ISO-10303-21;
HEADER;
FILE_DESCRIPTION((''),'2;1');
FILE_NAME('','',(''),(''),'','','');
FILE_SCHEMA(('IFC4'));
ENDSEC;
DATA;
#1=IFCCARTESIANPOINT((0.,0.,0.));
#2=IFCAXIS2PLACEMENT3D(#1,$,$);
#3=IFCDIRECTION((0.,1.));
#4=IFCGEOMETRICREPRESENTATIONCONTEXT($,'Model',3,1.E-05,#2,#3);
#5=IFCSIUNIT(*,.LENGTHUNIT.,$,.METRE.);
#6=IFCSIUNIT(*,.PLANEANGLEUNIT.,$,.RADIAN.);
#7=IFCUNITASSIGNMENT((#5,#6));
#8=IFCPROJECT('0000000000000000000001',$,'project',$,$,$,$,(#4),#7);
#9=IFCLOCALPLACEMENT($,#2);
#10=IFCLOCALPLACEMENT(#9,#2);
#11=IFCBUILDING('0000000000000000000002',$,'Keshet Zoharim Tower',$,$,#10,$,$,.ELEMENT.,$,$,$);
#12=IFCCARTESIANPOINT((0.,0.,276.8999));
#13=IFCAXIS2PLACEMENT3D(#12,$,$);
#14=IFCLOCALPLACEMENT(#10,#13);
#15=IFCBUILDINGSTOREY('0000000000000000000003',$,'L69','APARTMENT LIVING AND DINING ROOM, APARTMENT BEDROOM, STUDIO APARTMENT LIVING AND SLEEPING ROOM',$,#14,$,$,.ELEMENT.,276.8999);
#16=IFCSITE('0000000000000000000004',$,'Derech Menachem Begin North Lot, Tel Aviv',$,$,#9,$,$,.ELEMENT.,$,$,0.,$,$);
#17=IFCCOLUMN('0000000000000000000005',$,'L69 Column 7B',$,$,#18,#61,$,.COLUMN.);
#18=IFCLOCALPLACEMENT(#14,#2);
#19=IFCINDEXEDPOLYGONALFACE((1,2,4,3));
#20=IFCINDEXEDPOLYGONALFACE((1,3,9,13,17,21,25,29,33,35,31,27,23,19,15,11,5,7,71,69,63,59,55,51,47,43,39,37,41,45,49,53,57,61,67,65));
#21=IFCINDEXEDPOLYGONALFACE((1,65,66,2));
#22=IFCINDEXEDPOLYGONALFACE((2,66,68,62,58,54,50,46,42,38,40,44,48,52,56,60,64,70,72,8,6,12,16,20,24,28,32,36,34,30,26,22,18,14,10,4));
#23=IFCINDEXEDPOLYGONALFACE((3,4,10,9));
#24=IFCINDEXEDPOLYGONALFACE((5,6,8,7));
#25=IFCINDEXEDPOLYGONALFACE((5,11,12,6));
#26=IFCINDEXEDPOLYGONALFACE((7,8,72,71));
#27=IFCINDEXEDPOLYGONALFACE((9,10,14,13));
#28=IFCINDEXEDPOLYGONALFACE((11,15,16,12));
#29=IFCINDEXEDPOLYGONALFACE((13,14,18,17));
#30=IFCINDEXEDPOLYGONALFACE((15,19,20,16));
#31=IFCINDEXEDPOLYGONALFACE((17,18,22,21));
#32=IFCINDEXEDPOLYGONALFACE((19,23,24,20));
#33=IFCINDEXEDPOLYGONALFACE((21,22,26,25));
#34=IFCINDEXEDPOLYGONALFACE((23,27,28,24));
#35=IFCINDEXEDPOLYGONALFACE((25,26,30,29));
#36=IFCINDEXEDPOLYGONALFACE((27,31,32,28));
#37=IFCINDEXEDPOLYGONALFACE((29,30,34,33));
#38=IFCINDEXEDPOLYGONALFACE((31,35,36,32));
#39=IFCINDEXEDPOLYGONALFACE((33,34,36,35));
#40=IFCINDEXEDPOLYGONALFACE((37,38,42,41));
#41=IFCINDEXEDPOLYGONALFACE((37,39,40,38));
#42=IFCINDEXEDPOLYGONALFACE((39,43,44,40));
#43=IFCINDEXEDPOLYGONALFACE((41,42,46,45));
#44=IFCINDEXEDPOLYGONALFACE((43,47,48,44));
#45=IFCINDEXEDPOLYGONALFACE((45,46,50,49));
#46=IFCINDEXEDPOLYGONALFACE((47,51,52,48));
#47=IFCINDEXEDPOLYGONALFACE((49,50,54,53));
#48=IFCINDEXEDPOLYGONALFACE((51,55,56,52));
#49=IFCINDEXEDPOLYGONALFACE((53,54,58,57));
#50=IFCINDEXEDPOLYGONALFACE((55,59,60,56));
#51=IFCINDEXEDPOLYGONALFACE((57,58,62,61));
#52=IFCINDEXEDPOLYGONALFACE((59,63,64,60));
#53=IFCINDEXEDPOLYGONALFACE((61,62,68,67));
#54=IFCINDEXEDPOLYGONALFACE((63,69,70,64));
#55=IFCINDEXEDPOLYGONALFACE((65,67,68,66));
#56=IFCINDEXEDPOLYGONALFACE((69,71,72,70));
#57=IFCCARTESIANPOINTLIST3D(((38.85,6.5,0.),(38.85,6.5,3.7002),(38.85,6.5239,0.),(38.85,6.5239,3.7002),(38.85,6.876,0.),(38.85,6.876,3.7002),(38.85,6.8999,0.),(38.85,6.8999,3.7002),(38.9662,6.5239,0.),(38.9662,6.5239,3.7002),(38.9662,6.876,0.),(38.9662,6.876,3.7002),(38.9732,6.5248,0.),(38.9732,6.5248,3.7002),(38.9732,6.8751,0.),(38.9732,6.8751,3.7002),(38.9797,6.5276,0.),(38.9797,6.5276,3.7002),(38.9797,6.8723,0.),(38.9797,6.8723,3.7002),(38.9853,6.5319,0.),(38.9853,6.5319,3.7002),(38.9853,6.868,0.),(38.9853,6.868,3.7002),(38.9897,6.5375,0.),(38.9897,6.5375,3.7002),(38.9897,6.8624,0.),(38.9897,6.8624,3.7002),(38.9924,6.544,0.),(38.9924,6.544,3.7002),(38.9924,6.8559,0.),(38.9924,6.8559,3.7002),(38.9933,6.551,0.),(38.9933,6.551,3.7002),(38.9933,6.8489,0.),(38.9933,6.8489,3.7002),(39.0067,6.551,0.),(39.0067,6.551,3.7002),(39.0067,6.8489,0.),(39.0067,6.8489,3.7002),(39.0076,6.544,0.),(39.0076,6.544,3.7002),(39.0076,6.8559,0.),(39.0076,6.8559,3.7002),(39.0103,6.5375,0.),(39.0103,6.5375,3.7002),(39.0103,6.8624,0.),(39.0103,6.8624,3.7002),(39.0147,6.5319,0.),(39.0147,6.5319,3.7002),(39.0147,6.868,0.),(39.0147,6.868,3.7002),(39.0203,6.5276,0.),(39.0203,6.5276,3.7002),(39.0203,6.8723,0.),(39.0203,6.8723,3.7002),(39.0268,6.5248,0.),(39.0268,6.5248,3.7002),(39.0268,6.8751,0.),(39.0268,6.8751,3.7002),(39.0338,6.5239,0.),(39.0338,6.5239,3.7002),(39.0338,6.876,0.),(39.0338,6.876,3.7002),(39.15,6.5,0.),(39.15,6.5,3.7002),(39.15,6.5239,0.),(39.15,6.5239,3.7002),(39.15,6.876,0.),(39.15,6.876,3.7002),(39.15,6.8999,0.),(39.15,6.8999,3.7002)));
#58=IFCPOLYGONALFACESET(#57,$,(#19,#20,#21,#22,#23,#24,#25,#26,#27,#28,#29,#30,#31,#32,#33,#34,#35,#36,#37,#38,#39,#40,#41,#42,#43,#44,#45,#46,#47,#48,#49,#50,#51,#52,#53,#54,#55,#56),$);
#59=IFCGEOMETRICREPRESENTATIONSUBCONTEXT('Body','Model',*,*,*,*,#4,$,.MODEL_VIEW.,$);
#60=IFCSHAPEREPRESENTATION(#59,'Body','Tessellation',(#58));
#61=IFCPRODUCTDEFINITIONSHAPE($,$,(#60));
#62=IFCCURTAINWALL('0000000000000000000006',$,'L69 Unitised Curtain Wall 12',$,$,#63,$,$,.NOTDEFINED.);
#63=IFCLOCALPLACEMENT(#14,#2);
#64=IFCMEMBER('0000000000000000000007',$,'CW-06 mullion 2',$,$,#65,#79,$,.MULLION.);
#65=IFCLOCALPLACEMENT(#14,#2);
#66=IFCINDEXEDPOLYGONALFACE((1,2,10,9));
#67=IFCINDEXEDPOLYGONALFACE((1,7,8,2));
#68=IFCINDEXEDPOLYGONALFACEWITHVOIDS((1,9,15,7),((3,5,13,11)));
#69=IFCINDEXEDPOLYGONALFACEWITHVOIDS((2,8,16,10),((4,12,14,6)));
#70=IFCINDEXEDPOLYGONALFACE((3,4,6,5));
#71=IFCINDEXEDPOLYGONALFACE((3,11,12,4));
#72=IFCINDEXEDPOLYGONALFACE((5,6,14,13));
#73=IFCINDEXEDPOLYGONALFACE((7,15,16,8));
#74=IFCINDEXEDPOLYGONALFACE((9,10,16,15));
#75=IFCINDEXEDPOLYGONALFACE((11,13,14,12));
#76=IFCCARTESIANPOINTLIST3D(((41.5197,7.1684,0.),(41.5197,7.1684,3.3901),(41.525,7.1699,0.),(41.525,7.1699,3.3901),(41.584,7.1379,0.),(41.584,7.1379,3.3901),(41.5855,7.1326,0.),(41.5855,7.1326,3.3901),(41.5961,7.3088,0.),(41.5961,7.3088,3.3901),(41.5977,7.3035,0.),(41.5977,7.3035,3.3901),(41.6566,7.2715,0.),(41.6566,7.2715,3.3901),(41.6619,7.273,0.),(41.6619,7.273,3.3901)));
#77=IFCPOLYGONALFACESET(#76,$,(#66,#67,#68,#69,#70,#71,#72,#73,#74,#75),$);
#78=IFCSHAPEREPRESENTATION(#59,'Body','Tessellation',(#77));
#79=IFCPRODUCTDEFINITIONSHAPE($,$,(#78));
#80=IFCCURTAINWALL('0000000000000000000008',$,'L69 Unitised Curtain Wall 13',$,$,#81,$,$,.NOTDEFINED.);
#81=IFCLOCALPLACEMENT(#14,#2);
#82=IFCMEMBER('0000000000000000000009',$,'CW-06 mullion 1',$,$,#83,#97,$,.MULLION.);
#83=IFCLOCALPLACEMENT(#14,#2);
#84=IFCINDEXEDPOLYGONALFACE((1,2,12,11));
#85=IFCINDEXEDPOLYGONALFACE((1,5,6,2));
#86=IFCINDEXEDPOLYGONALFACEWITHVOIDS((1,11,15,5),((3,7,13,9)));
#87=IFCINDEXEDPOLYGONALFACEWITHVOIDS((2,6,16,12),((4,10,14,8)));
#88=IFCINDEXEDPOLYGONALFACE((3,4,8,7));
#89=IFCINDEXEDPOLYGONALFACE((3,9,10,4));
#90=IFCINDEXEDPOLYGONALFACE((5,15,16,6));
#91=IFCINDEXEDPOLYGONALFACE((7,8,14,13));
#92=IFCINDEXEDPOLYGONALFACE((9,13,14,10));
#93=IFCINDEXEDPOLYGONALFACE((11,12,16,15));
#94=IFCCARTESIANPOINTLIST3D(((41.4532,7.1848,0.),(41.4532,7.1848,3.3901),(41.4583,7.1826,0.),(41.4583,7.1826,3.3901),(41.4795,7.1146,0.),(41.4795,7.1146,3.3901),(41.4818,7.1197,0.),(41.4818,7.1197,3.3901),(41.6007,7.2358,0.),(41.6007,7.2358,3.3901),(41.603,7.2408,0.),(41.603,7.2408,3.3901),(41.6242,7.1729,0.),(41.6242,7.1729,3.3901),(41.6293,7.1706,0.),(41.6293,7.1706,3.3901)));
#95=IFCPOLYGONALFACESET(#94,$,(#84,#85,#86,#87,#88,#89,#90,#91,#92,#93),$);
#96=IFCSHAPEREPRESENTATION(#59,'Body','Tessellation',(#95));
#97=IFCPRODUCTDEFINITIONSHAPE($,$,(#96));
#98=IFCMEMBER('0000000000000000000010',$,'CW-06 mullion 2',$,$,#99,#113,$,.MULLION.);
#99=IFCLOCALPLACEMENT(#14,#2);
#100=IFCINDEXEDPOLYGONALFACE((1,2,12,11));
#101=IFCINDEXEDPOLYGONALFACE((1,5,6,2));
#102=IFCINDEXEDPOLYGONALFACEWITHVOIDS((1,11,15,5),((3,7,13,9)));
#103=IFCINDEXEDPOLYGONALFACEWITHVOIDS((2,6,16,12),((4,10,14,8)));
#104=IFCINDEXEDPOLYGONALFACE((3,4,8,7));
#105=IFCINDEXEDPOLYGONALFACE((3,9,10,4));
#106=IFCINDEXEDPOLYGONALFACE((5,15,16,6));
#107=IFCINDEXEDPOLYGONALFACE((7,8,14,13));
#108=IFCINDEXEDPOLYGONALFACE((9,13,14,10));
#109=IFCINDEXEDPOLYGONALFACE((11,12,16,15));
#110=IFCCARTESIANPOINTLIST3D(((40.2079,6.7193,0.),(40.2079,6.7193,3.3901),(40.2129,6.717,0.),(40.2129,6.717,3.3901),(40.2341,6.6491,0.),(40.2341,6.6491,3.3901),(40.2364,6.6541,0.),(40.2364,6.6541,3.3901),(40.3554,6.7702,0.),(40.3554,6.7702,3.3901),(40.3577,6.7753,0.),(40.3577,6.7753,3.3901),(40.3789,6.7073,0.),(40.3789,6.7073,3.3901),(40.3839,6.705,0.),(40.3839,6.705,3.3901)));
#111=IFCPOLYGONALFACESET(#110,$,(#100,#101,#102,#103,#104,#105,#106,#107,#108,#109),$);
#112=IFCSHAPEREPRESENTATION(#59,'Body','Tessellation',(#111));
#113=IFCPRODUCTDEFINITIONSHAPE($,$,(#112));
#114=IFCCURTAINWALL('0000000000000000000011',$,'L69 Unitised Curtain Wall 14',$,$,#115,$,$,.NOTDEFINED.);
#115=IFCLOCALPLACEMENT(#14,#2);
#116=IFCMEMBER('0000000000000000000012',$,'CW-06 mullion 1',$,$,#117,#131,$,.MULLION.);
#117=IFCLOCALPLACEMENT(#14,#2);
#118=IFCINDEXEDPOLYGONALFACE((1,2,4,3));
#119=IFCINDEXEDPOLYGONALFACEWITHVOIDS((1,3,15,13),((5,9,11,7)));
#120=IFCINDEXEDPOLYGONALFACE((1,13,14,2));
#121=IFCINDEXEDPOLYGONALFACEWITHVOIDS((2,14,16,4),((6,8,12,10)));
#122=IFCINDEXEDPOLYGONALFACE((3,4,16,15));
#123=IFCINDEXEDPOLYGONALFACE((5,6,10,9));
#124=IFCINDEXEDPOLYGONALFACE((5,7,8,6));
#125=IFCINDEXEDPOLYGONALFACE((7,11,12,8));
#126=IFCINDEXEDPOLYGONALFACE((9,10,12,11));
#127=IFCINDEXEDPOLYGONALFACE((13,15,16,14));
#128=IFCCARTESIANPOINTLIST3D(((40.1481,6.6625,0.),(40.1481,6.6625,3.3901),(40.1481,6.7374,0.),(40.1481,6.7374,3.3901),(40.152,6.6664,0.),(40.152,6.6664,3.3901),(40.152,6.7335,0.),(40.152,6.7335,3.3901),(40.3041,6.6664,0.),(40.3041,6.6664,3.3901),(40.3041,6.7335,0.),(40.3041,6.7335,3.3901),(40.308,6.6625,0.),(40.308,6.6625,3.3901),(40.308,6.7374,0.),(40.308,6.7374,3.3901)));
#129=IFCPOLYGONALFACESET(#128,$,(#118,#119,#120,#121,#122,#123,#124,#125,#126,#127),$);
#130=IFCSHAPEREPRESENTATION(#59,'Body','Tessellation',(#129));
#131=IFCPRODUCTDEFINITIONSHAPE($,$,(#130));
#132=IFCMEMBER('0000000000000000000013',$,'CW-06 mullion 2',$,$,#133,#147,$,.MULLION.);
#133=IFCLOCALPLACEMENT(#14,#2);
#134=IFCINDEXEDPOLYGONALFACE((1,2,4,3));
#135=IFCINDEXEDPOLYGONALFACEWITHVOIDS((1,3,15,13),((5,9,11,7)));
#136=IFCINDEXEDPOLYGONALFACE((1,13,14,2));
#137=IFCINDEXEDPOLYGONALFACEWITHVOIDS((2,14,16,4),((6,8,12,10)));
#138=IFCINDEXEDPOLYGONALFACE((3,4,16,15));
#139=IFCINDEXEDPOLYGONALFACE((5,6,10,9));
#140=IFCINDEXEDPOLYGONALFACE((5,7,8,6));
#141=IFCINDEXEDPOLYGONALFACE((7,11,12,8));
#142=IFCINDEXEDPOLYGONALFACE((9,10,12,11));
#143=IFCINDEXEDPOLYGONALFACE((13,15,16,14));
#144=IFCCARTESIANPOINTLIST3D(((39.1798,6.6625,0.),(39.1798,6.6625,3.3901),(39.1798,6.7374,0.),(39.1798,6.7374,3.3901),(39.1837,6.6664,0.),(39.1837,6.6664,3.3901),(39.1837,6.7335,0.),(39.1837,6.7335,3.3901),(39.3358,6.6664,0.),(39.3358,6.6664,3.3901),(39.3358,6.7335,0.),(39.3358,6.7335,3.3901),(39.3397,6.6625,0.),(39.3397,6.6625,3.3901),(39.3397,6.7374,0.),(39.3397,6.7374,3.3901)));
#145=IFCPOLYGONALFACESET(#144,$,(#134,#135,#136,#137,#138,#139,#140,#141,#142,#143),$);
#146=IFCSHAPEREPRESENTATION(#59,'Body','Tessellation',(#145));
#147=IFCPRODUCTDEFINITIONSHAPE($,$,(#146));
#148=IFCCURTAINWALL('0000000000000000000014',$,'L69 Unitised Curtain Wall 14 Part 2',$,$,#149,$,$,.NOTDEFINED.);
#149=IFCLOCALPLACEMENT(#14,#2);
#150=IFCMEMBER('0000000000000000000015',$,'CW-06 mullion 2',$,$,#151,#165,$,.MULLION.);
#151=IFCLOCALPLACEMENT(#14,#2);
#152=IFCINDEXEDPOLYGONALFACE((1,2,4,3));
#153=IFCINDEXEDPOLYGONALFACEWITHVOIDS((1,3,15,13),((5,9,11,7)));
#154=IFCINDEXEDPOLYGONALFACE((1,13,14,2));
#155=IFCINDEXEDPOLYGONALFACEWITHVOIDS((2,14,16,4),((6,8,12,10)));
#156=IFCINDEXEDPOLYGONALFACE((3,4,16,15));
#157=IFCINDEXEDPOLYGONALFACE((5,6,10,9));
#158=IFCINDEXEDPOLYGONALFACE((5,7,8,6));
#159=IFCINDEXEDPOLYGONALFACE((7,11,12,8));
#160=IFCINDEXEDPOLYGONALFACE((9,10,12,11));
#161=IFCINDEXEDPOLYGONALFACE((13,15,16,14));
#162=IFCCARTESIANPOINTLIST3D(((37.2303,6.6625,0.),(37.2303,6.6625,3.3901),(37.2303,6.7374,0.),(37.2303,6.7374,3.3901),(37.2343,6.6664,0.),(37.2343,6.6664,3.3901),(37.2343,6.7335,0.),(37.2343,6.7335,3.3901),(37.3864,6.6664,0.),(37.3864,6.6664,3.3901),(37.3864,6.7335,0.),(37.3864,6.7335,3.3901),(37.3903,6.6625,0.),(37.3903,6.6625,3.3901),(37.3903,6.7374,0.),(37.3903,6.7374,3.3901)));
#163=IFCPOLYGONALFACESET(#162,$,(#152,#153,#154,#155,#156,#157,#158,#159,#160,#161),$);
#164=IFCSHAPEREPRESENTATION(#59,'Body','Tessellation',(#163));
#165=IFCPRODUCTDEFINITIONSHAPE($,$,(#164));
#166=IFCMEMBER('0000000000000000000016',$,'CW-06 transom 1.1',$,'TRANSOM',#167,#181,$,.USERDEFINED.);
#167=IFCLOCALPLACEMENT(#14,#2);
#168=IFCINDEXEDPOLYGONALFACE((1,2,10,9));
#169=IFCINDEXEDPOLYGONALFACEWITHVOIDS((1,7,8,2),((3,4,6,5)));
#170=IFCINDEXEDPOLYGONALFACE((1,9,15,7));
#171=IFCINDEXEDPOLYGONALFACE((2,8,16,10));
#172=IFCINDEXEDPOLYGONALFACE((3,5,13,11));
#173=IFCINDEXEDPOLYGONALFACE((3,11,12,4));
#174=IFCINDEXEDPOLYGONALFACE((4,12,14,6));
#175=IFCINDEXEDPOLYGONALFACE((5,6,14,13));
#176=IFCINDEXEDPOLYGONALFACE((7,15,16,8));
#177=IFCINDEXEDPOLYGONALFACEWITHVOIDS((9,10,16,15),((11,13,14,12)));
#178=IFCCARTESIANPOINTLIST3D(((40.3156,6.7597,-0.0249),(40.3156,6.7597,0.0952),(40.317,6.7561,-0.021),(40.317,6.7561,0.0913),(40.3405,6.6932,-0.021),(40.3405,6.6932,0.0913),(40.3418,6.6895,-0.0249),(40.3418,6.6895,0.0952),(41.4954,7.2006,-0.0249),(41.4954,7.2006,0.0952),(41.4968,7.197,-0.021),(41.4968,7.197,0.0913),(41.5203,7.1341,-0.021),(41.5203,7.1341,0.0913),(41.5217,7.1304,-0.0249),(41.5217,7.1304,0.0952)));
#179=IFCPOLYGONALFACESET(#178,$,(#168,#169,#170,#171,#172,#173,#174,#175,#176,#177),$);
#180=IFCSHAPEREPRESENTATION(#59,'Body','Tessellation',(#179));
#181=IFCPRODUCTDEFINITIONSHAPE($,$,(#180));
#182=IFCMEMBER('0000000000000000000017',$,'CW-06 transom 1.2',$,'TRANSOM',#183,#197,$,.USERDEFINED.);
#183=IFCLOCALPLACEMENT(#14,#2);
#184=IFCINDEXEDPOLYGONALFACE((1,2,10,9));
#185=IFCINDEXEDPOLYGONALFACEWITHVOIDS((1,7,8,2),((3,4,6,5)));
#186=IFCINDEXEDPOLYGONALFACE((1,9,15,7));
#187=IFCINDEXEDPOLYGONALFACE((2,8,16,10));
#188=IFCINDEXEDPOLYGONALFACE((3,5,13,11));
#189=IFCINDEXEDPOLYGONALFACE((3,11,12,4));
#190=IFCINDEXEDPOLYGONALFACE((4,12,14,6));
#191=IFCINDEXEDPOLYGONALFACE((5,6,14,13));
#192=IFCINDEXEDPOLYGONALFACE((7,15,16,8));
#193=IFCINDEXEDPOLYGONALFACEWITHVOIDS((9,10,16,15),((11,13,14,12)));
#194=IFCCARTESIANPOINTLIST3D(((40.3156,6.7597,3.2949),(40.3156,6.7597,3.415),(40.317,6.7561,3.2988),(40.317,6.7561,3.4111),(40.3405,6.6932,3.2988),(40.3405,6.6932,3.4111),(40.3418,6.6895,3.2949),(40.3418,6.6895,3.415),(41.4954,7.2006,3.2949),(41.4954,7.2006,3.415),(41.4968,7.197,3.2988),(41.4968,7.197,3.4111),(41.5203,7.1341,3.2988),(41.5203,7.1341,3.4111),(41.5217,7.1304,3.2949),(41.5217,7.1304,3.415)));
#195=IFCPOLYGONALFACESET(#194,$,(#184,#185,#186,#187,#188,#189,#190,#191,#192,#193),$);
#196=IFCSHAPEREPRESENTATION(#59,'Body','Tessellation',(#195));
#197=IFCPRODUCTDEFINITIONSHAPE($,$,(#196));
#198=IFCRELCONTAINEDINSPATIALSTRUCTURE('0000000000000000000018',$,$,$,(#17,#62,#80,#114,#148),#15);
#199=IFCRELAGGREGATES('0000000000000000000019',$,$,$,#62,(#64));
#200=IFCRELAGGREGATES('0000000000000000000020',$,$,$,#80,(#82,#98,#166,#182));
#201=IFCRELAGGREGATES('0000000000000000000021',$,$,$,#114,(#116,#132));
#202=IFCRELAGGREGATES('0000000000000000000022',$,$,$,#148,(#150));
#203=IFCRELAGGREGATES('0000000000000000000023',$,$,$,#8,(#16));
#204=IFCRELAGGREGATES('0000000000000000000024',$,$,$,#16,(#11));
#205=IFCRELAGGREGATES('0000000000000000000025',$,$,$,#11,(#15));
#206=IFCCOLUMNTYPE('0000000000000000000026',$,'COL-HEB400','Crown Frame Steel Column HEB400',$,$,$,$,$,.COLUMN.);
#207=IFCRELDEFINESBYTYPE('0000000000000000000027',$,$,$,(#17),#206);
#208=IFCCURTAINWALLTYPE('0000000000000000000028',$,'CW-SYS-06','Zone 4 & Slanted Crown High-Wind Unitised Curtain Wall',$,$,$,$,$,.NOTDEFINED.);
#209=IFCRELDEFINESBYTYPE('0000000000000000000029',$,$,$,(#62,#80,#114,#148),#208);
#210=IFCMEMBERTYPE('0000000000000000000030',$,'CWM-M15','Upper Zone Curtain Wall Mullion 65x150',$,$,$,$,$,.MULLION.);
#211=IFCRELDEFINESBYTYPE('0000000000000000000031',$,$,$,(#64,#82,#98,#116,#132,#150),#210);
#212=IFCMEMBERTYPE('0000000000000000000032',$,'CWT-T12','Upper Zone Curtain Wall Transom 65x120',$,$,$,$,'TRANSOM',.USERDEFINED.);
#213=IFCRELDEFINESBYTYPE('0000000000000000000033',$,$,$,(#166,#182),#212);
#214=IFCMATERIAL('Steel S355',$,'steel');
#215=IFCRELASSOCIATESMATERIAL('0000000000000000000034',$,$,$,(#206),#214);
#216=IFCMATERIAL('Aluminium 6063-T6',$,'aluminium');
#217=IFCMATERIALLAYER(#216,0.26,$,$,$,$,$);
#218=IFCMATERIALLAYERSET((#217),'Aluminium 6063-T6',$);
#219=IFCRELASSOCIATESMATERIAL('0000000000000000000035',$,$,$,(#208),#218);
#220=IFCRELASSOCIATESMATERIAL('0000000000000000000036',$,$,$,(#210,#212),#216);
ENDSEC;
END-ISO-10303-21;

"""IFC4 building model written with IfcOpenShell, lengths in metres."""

from ifc_helpers import new_model, si_unit, direction, frame, origin, origin_2d, place, context, subcontext, project, spatial, hollow_rectangle, i_section, extrude, material, layer, layer_set, material_profile, profile_set, type_object, element, aggregate, save


model = new_model("IFC4")

# Units and contexts
model_context = context("Model", 3, precision=1e-05, world=origin(), true_north=direction((0.0, 1.0)))
body_context = subcontext(model_context, "Body", "Model", "MODEL_VIEW")
ifc_project = project(units=[si_unit("LENGTHUNIT", "METRE"), si_unit("PLANEANGLEUNIT", "RADIAN")], contexts=[model_context])

# Site, building, storey
site_placement = place(None, origin())
site = spatial("IfcSite", under=ifc_project, at=site_placement, Name="Derech Menachem Begin North Lot, Tel Aviv", CompositionType="ELEMENT", RefElevation=0.0)
building_placement = place(site_placement, origin())
building = spatial("IfcBuilding", under=site, at=building_placement, Name="Keshet Zoharim Tower", CompositionType="ELEMENT")
storey_placement = place(building_placement, frame((0.0, 0.0, 276.8999)))
storey = spatial("IfcBuildingStorey", under=building, at=storey_placement, Name="L69", Description="APARTMENT LIVING AND DINING ROOM, APARTMENT BEDROOM, STUDIO APARTMENT LIVING AND SLEEPING ROOM", CompositionType="ELEMENT", Elevation=276.8999)

# Column
ifc_material_1 = material(Name="Steel S355", Category="steel")
ifc_material_profile_1 = material_profile(ifc_material_1, i_section(OverallWidth=0.3, OverallDepth=0.3999, WebThickness=0.0134, FlangeThickness=0.0239, FilletRadius=0.0271, at=origin_2d()), Name="HEB400")
ifc_profile_set_1 = profile_set([ifc_material_profile_1], Name="Steel S355")
column_type = type_object("IfcColumnType", Name="COL-HEB400", Description="Crown Frame Steel Column HEB400", PredefinedType="COLUMN", material=ifc_profile_set_1)
column_placement = place(storey_placement, frame((39.0, 6.7, 0.0), z_axis=(0.0, 0.0, 1.0), x_axis=(1.0, 0.0, 0.0)))
element("IfcColumn", 1, at=column_placement, inside=storey, type_object=column_type, Name="L69 Column 7B", PredefinedType="COLUMN", context=body_context, shape_type="SweptSolid", body=[
    extrude(i_section(OverallWidth=0.3, OverallDepth=0.3999, WebThickness=0.0134, FlangeThickness=0.0239, FilletRadius=0.0271, at=origin_2d()), origin(), (0.0, 0.0, 1.0), 3.7002),
])

# Curtain wall, member
ifc_material_2 = material(Name="Aluminium 6063-T6", Category="aluminium")
ifc_layer_1 = layer(ifc_material_2, 0.26)
ifc_layer_set_1 = layer_set([ifc_layer_1], Name="Aluminium 6063-T6")
curtain_wall_type = type_object("IfcCurtainWallType", Name="CW-SYS-06", Description="Zone 4 & Slanted Crown High-Wind Unitised Curtain Wall", PredefinedType="NOTDEFINED", material=ifc_layer_set_1)
curtain_wall_1_placement = place(storey_placement, origin())
curtain_wall_1 = element("IfcCurtainWall", 2, at=curtain_wall_1_placement, inside=storey, type_object=curtain_wall_type, Name="L69 Unitised Curtain Wall 12", PredefinedType="NOTDEFINED")
ifc_material_profile_2 = material_profile(ifc_material_2, hollow_rectangle(XDim=0.075, YDim=0.1599, WallThickness=0.0039, at=origin_2d()), Name="MUL-75x160")
ifc_profile_set_2 = profile_set([ifc_material_profile_2], Name="Aluminium 6063-T6")
member_type_1 = type_object("IfcMemberType", Name="CWM-M15", Description="Upper Zone Curtain Wall Mullion 65x150", PredefinedType="MULLION", material=ifc_profile_set_2)
member_1_placement = place(storey_placement, frame((41.5908, 7.2207, 0.0), z_axis=(0.0, 0.0, 1.0), x_axis=(0.878468, -0.477801, 0.0)))
member_1 = element("IfcMember", 3, at=member_1_placement, type_object=member_type_1, Name="CW-06 mullion 2", PredefinedType="MULLION", context=body_context, shape_type="SweptSolid", body=[
    extrude(hollow_rectangle(XDim=0.075, YDim=0.1599, WallThickness=0.0039, at=origin_2d()), origin(), (0.0, 0.0, 1.0), 3.3901),
])

# Curtain walls, members
curtain_wall_2_placement = place(storey_placement, origin())
curtain_wall_2 = element("IfcCurtainWall", 4, at=curtain_wall_2_placement, inside=storey, type_object=curtain_wall_type, Name="L69 Unitised Curtain Wall 13", PredefinedType="NOTDEFINED")
member_2_placement = place(storey_placement, frame((41.5413, 7.1777, 0.0), z_axis=(0.0, 0.0, 1.0), x_axis=(0.350105, -0.93671, 0.0)))
member_2 = element("IfcMember", 5, at=member_2_placement, type_object=member_type_1, Name="CW-06 mullion 1", PredefinedType="MULLION", context=body_context, shape_type="SweptSolid", body=[
    extrude(hollow_rectangle(XDim=0.075, YDim=0.1599, WallThickness=0.0039, at=origin_2d()), origin(), (0.0, 0.0, 1.0), 3.3901),
])
member_3_placement = place(storey_placement, frame((40.2959, 6.7122, 0.0), z_axis=(0.0, 0.0, 1.0), x_axis=(0.350105, -0.93671, 0.0)))
member_3 = element("IfcMember", 6, at=member_3_placement, type_object=member_type_1, Name="CW-06 mullion 2", PredefinedType="MULLION", context=body_context, shape_type="SweptSolid", body=[
    extrude(hollow_rectangle(XDim=0.075, YDim=0.1599, WallThickness=0.0039, at=origin_2d()), origin(), (0.0, 0.0, 1.0), 3.3901),
])
curtain_wall_3_placement = place(storey_placement, origin())
curtain_wall_3 = element("IfcCurtainWall", 7, at=curtain_wall_3_placement, inside=storey, type_object=curtain_wall_type, Name="L69 Unitised Curtain Wall 14", PredefinedType="NOTDEFINED")
member_4_placement = place(storey_placement, frame((40.228, 6.7, 0.0), z_axis=(0.0, 0.0, 1.0), x_axis=(0.0, -1.0, 0.0)))
member_4 = element("IfcMember", 8, at=member_4_placement, type_object=member_type_1, Name="CW-06 mullion 1", PredefinedType="MULLION", context=body_context, shape_type="SweptSolid", body=[
    extrude(hollow_rectangle(XDim=0.075, YDim=0.1599, WallThickness=0.0039, at=origin_2d()), origin(), (0.0, 0.0, 1.0), 3.3901),
])
member_5_placement = place(storey_placement, frame((39.2598, 6.7, 0.0), z_axis=(0.0, 0.0, 1.0), x_axis=(0.0, -1.0, 0.0)))
member_5 = element("IfcMember", 9, at=member_5_placement, type_object=member_type_1, Name="CW-06 mullion 2", PredefinedType="MULLION", context=body_context, shape_type="SweptSolid", body=[
    extrude(hollow_rectangle(XDim=0.075, YDim=0.1599, WallThickness=0.0039, at=origin_2d()), origin(), (0.0, 0.0, 1.0), 3.3901),
])

# Curtain wall, member
curtain_wall_4_placement = place(storey_placement, origin())
curtain_wall_4 = element("IfcCurtainWall", 10, at=curtain_wall_4_placement, inside=storey, type_object=curtain_wall_type, Name="L69 Unitised Curtain Wall 14 Part 2", PredefinedType="NOTDEFINED")
member_6_placement = place(storey_placement, frame((37.3103, 6.7, 0.0), z_axis=(0.0, 0.0, 1.0), x_axis=(0.0, -1.0, 0.0)))
member_6 = element("IfcMember", 11, at=member_6_placement, type_object=member_type_1, Name="CW-06 mullion 2", PredefinedType="MULLION", context=body_context, shape_type="SweptSolid", body=[
    extrude(hollow_rectangle(XDim=0.075, YDim=0.1599, WallThickness=0.0039, at=origin_2d()), origin(), (0.0, 0.0, 1.0), 3.3901),
])

# Members
ifc_material_profile_3 = material_profile(ifc_material_2, hollow_rectangle(XDim=0.075, YDim=0.1201, WallThickness=0.0039, at=origin_2d()), Name="TRN-75x120")
ifc_profile_set_3 = profile_set([ifc_material_profile_3], Name="Aluminium 6063-T6")
member_type_2 = type_object("IfcMemberType", Name="CWT-T12", Description="Upper Zone Curtain Wall Transom 65x120", ElementType="TRANSOM", PredefinedType="USERDEFINED", material=ifc_profile_set_3)
member_7_placement = place(storey_placement, frame((41.5085, 7.1655, 0.0352), z_axis=(-0.936735, -0.35004, 0.0), x_axis=(0.35004, -0.936735, 0.0)))
member_7 = element("IfcMember", 12, at=member_7_placement, type_object=member_type_2, Name="CW-06 transom 1.1", ObjectType="TRANSOM", PredefinedType="USERDEFINED", context=body_context, shape_type="SweptSolid", body=[
    extrude(hollow_rectangle(XDim=0.075, YDim=0.1201, WallThickness=0.0039, at=origin_2d()), origin(), (0.0, 0.0, 1.0), 1.2595),
])
member_8_placement = place(storey_placement, frame((41.5085, 7.1655, 3.355), z_axis=(-0.936735, -0.35004, 0.0), x_axis=(0.35004, -0.936735, 0.0)))
member_8 = element("IfcMember", 13, at=member_8_placement, type_object=member_type_2, Name="CW-06 transom 1.2", ObjectType="TRANSOM", PredefinedType="USERDEFINED", context=body_context, shape_type="SweptSolid", body=[
    extrude(hollow_rectangle(XDim=0.075, YDim=0.1201, WallThickness=0.0039, at=origin_2d()), origin(), (0.0, 0.0, 1.0), 1.2595),
])

aggregate(curtain_wall_1, [member_1])
aggregate(curtain_wall_2, [member_2, member_3, member_7, member_8])
aggregate(curtain_wall_3, [member_4, member_5])
aggregate(curtain_wall_4, [member_6])

save(model, "model.ifc")
